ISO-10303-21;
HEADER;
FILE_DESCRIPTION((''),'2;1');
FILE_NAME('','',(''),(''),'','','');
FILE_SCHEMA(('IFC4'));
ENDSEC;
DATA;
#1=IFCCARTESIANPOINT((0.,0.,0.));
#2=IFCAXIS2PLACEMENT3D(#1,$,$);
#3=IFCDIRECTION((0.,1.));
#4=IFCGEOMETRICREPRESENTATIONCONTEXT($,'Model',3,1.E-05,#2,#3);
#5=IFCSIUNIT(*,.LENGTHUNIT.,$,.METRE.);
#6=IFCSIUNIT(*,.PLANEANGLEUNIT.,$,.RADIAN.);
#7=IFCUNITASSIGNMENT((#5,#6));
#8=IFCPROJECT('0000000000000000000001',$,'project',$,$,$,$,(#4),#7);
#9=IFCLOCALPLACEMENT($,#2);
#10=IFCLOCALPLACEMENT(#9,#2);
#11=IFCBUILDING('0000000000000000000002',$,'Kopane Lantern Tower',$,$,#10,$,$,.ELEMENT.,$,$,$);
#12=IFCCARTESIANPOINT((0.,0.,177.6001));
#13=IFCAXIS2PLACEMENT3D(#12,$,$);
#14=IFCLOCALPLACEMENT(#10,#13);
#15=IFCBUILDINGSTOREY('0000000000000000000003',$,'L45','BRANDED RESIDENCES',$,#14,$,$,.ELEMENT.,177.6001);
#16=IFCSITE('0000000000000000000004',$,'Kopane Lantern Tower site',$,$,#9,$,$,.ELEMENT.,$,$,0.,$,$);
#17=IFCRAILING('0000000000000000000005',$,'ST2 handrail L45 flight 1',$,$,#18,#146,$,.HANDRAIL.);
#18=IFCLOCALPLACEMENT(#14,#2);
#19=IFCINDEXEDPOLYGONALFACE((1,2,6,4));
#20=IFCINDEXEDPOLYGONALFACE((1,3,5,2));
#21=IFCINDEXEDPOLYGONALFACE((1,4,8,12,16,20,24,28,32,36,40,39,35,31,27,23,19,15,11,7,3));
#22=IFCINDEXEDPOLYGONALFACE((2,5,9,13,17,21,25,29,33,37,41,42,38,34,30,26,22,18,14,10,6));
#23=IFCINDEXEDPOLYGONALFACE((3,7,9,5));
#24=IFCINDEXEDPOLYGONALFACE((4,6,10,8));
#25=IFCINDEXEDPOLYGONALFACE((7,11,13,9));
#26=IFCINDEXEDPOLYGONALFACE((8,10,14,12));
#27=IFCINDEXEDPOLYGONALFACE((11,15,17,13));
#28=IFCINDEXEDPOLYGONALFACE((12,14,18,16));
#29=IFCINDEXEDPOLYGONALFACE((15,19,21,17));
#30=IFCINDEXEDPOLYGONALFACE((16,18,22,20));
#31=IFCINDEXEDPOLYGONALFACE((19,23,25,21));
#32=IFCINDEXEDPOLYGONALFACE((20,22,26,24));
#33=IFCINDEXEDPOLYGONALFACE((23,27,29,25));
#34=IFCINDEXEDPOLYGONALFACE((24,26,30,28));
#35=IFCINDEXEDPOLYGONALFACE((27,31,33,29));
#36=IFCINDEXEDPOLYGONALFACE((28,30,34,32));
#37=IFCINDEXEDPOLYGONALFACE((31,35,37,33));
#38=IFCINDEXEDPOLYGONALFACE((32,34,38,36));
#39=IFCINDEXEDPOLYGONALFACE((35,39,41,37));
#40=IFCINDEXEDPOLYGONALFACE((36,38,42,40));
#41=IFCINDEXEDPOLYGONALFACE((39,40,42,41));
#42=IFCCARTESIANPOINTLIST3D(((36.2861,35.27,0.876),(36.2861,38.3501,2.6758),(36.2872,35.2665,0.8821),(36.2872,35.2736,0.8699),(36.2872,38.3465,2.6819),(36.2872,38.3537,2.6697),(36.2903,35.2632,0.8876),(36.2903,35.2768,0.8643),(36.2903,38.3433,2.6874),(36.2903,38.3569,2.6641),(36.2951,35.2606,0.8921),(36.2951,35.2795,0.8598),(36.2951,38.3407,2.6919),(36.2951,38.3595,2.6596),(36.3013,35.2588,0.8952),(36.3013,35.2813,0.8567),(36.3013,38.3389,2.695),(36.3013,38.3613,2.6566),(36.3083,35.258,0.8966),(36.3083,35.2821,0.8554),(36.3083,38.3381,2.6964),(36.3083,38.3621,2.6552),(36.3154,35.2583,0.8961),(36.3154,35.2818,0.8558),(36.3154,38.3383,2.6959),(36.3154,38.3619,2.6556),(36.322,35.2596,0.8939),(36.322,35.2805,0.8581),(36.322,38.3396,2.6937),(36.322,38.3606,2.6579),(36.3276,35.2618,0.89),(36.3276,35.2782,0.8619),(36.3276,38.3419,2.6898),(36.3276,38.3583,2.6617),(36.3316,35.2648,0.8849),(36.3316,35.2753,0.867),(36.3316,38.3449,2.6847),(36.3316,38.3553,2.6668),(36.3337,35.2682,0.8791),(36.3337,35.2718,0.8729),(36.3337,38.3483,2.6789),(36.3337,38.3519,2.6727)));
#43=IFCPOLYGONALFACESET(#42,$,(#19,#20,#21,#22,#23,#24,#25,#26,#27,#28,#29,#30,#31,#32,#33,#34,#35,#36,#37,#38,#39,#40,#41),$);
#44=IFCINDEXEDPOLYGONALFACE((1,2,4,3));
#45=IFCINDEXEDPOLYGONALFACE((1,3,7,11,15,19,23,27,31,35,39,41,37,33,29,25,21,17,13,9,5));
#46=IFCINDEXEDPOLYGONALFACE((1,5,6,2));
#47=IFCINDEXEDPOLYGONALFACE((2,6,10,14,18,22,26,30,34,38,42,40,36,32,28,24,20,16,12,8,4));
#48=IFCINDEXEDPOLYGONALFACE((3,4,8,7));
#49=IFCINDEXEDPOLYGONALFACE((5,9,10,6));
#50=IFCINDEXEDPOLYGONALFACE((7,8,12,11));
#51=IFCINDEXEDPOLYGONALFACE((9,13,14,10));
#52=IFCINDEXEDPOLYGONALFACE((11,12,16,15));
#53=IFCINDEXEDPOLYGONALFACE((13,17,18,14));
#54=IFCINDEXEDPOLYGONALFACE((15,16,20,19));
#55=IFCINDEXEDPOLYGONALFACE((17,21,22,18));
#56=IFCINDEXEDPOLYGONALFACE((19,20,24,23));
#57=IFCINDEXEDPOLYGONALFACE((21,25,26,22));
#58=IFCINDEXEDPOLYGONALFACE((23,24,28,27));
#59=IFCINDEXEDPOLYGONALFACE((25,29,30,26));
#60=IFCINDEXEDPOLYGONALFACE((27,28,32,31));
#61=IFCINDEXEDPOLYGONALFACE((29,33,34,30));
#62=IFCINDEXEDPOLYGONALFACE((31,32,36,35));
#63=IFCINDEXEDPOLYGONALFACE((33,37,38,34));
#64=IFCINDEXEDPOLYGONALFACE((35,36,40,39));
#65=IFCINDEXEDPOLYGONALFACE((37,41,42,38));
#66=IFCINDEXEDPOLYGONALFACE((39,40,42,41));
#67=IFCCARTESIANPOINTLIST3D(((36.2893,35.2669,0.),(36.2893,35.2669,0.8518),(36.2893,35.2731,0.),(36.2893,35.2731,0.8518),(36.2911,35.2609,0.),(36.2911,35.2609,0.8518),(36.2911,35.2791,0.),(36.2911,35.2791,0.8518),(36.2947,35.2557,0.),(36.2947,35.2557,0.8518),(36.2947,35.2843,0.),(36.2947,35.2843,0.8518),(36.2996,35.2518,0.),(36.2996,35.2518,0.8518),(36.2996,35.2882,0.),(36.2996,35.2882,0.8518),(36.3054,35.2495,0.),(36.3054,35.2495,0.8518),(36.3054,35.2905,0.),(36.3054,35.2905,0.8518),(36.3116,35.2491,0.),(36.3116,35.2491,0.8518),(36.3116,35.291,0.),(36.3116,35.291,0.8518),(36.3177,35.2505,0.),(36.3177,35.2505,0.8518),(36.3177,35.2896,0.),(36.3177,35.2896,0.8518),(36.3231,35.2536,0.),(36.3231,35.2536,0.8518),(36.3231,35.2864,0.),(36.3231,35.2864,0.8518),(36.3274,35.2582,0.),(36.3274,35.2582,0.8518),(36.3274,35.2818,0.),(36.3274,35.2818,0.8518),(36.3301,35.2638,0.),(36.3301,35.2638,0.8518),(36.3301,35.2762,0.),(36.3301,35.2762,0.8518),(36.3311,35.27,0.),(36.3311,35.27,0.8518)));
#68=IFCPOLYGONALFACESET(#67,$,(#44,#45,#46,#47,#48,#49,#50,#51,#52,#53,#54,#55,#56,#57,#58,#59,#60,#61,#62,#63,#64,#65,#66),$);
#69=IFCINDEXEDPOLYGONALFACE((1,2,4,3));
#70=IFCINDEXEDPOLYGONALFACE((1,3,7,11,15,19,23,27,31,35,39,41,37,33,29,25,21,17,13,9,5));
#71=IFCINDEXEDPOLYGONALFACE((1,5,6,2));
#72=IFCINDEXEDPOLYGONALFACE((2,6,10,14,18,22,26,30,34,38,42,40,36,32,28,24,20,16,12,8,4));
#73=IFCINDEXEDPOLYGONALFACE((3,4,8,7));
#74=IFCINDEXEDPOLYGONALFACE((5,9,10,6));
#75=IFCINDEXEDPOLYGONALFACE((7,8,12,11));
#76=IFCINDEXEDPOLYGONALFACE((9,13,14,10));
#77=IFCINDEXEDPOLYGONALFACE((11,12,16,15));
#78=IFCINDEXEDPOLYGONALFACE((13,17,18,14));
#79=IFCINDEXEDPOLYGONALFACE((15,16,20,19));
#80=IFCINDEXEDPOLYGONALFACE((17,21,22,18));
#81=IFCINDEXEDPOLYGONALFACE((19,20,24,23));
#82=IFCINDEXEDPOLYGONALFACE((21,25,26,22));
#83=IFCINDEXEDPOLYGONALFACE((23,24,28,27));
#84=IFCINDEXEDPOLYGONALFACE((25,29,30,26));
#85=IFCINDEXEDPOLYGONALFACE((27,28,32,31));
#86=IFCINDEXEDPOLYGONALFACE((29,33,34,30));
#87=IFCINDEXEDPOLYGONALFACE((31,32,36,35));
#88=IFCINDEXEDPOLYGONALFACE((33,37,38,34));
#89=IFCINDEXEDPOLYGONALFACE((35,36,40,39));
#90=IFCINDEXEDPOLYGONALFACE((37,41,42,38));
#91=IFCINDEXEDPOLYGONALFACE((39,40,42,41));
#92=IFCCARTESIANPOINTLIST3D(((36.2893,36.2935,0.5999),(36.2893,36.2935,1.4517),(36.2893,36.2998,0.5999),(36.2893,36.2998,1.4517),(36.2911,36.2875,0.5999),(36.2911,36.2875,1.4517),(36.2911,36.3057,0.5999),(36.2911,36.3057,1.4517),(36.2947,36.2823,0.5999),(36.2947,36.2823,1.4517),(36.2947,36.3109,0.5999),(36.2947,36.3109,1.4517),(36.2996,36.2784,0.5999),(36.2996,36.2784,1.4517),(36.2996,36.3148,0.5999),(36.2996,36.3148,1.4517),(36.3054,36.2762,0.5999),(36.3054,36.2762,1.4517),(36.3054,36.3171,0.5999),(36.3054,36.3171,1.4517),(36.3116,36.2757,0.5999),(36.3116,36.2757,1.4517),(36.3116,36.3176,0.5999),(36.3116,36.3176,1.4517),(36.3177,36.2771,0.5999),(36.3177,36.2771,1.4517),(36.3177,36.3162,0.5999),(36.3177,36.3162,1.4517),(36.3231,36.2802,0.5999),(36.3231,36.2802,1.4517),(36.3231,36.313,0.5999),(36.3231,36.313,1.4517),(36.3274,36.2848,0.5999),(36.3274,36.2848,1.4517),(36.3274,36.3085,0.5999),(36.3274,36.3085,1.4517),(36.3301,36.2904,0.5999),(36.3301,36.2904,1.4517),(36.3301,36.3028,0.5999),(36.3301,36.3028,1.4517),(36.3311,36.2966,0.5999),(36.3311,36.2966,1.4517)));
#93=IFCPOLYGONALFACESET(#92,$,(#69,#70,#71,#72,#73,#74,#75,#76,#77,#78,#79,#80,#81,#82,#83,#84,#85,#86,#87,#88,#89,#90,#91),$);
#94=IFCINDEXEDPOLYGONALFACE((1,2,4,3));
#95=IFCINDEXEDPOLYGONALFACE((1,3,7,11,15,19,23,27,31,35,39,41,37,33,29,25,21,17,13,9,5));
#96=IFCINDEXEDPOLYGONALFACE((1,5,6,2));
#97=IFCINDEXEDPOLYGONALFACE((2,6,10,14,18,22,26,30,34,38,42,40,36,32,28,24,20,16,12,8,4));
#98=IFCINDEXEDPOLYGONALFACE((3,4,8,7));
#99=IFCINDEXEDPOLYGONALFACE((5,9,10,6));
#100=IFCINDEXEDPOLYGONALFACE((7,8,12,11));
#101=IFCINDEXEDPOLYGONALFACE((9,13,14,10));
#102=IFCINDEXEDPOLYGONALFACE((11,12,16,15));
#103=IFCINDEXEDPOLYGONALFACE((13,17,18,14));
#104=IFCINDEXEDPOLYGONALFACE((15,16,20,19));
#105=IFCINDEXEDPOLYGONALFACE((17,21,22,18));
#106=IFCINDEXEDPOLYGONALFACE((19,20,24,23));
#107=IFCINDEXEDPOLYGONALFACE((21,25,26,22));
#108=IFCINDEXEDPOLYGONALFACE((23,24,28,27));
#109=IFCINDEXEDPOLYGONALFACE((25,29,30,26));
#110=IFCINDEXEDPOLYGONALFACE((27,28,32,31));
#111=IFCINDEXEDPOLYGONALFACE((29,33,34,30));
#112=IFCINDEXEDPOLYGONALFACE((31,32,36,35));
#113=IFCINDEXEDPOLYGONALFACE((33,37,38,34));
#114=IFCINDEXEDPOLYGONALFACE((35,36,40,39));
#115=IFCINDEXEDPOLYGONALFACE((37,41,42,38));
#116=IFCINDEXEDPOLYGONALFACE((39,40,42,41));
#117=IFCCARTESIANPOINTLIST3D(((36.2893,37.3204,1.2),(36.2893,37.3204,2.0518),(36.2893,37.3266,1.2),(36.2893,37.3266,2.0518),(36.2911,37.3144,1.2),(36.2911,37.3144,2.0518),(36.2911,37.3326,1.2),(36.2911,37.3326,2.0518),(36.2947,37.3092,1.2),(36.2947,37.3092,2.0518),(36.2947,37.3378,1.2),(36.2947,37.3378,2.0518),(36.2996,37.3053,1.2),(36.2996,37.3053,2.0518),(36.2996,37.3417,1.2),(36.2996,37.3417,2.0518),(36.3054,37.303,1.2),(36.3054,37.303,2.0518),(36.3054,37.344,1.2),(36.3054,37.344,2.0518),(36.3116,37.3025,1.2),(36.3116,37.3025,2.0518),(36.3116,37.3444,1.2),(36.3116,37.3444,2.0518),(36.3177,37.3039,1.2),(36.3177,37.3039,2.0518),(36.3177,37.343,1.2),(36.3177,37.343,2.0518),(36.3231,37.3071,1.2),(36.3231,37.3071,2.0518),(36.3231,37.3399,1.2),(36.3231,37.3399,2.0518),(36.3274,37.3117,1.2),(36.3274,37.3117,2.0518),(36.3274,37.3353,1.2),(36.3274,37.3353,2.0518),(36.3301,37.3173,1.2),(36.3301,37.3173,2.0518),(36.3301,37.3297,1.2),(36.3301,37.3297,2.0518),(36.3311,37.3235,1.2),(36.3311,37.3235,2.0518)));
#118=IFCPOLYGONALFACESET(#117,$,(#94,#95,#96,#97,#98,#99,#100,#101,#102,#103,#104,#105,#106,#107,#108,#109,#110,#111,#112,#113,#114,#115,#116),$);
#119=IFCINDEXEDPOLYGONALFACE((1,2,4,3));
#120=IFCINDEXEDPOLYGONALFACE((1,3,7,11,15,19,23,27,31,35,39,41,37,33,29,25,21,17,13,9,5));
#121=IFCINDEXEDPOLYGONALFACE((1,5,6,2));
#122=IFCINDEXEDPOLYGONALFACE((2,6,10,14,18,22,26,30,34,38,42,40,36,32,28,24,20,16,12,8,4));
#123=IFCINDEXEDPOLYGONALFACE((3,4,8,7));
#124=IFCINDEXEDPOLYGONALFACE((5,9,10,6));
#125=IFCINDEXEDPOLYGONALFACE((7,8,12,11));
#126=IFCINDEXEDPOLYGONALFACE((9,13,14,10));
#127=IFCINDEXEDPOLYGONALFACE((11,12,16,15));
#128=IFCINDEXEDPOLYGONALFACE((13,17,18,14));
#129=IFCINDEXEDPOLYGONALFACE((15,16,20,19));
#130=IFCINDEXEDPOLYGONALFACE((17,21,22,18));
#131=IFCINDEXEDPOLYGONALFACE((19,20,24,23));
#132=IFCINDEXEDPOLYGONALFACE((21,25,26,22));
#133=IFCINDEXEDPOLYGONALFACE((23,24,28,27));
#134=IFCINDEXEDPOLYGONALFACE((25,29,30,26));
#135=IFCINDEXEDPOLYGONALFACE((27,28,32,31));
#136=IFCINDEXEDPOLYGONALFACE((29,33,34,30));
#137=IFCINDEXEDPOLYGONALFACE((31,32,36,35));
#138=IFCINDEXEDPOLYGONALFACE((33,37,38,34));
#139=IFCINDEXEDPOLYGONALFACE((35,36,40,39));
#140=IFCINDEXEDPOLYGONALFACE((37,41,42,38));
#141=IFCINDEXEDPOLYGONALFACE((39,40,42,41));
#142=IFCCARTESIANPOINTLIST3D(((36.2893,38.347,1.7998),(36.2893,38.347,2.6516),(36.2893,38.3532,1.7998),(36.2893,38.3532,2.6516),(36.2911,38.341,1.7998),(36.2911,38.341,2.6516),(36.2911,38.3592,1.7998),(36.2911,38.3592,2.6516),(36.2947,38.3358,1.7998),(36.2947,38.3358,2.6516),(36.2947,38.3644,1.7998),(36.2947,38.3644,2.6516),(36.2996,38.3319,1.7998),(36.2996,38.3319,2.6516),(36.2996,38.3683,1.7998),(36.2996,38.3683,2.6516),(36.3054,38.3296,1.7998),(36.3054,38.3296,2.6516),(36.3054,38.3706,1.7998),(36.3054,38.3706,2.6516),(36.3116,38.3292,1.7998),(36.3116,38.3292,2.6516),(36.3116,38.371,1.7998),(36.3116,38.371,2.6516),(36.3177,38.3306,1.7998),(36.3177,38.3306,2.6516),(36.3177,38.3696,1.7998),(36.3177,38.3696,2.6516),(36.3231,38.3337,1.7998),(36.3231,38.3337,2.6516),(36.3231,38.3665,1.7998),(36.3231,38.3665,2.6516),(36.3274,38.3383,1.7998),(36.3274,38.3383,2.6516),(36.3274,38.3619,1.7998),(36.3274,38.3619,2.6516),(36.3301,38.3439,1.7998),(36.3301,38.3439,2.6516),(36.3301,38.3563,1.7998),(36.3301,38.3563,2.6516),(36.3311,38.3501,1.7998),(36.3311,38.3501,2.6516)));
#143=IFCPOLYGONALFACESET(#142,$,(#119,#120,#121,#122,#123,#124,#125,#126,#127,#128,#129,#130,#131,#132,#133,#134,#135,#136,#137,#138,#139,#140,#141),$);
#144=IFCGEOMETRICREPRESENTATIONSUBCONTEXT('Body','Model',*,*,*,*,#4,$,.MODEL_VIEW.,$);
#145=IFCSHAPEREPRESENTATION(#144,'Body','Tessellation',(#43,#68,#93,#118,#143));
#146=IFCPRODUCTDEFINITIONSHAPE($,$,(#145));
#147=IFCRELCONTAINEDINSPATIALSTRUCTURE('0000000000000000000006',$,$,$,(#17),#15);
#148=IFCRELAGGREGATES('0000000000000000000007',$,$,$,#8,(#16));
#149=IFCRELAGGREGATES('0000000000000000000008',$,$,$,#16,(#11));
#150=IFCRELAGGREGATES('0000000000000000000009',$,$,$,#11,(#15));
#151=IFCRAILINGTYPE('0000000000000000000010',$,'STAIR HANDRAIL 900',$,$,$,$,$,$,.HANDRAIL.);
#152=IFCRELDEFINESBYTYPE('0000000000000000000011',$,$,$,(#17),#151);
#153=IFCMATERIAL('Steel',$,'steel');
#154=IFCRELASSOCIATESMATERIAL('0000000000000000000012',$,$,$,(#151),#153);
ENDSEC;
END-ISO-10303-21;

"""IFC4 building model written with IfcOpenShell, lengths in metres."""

from ifc_helpers import new_model, si_unit, direction, frame, origin, origin_2d, place, context, subcontext, project, spatial, circle, extrude, material, type_object, element, save


model = new_model("IFC4")

# Units and contexts
model_context = context("Model", 3, precision=1e-05, world=origin(), true_north=direction((0.0, 1.0)))
body_context = subcontext(model_context, "Body", "Model", "MODEL_VIEW")
ifc_project = project(units=[si_unit("LENGTHUNIT", "METRE"), si_unit("PLANEANGLEUNIT", "RADIAN")], contexts=[model_context])

# Site, building, storey
site_placement = place(None, origin())
site = spatial("IfcSite", under=ifc_project, at=site_placement, Name="Kopane Lantern Tower site", CompositionType="ELEMENT", RefElevation=0.0)
building_placement = place(site_placement, origin())
building = spatial("IfcBuilding", under=site, at=building_placement, Name="Kopane Lantern Tower", CompositionType="ELEMENT")
storey_placement = place(building_placement, frame((0.0, 0.0, 177.6001)))
storey = spatial("IfcBuildingStorey", under=building, at=storey_placement, Name="L45", Description="BRANDED RESIDENCES", CompositionType="ELEMENT", Elevation=177.6001)

# Railing
ifc_material_1 = material(Name="Steel", Category="steel")
railing_type_1 = type_object("IfcRailingType", Name="STAIR HANDRAIL 900", PredefinedType="HANDRAIL", material=ifc_material_1)
for number, where, name in (
    (1, (36.3101, 35.27, 0.0), "ST2 handrail L45 flight 1"),
):
    element("IfcRailing", number, at=place(storey_placement, frame(where)), inside=storey, type_object=railing_type_1, Name=name, PredefinedType="HANDRAIL", context=body_context, shape_type="SweptSolid", body=[
        extrude(circle(Radius=0.0239, at=origin_2d()), frame((0.0, 0.0, 0.876), z_axis=(0.0, 0.863401, 0.504518), x_axis=(-1.0, 0.0, 0.0)), (0.0, 0.0, 1.0), 3.5674),
        extrude(circle(Radius=0.021, at=origin_2d()), origin(), (0.0, 0.0, 1.0), 0.8518),
        extrude(circle(Radius=0.021, at=origin_2d()), frame((0.0, 1.0266, 0.5999)), (0.0, 0.0, 1.0), 0.8518),
        extrude(circle(Radius=0.021, at=origin_2d()), frame((0.0, 2.0535, 1.2)), (0.0, 0.0, 1.0), 0.8518),
        extrude(circle(Radius=0.021, at=origin_2d()), frame((0.0, 3.0801, 1.7998)), (0.0, 0.0, 1.0), 0.8518),
    ])

save(model, "model.ifc")
